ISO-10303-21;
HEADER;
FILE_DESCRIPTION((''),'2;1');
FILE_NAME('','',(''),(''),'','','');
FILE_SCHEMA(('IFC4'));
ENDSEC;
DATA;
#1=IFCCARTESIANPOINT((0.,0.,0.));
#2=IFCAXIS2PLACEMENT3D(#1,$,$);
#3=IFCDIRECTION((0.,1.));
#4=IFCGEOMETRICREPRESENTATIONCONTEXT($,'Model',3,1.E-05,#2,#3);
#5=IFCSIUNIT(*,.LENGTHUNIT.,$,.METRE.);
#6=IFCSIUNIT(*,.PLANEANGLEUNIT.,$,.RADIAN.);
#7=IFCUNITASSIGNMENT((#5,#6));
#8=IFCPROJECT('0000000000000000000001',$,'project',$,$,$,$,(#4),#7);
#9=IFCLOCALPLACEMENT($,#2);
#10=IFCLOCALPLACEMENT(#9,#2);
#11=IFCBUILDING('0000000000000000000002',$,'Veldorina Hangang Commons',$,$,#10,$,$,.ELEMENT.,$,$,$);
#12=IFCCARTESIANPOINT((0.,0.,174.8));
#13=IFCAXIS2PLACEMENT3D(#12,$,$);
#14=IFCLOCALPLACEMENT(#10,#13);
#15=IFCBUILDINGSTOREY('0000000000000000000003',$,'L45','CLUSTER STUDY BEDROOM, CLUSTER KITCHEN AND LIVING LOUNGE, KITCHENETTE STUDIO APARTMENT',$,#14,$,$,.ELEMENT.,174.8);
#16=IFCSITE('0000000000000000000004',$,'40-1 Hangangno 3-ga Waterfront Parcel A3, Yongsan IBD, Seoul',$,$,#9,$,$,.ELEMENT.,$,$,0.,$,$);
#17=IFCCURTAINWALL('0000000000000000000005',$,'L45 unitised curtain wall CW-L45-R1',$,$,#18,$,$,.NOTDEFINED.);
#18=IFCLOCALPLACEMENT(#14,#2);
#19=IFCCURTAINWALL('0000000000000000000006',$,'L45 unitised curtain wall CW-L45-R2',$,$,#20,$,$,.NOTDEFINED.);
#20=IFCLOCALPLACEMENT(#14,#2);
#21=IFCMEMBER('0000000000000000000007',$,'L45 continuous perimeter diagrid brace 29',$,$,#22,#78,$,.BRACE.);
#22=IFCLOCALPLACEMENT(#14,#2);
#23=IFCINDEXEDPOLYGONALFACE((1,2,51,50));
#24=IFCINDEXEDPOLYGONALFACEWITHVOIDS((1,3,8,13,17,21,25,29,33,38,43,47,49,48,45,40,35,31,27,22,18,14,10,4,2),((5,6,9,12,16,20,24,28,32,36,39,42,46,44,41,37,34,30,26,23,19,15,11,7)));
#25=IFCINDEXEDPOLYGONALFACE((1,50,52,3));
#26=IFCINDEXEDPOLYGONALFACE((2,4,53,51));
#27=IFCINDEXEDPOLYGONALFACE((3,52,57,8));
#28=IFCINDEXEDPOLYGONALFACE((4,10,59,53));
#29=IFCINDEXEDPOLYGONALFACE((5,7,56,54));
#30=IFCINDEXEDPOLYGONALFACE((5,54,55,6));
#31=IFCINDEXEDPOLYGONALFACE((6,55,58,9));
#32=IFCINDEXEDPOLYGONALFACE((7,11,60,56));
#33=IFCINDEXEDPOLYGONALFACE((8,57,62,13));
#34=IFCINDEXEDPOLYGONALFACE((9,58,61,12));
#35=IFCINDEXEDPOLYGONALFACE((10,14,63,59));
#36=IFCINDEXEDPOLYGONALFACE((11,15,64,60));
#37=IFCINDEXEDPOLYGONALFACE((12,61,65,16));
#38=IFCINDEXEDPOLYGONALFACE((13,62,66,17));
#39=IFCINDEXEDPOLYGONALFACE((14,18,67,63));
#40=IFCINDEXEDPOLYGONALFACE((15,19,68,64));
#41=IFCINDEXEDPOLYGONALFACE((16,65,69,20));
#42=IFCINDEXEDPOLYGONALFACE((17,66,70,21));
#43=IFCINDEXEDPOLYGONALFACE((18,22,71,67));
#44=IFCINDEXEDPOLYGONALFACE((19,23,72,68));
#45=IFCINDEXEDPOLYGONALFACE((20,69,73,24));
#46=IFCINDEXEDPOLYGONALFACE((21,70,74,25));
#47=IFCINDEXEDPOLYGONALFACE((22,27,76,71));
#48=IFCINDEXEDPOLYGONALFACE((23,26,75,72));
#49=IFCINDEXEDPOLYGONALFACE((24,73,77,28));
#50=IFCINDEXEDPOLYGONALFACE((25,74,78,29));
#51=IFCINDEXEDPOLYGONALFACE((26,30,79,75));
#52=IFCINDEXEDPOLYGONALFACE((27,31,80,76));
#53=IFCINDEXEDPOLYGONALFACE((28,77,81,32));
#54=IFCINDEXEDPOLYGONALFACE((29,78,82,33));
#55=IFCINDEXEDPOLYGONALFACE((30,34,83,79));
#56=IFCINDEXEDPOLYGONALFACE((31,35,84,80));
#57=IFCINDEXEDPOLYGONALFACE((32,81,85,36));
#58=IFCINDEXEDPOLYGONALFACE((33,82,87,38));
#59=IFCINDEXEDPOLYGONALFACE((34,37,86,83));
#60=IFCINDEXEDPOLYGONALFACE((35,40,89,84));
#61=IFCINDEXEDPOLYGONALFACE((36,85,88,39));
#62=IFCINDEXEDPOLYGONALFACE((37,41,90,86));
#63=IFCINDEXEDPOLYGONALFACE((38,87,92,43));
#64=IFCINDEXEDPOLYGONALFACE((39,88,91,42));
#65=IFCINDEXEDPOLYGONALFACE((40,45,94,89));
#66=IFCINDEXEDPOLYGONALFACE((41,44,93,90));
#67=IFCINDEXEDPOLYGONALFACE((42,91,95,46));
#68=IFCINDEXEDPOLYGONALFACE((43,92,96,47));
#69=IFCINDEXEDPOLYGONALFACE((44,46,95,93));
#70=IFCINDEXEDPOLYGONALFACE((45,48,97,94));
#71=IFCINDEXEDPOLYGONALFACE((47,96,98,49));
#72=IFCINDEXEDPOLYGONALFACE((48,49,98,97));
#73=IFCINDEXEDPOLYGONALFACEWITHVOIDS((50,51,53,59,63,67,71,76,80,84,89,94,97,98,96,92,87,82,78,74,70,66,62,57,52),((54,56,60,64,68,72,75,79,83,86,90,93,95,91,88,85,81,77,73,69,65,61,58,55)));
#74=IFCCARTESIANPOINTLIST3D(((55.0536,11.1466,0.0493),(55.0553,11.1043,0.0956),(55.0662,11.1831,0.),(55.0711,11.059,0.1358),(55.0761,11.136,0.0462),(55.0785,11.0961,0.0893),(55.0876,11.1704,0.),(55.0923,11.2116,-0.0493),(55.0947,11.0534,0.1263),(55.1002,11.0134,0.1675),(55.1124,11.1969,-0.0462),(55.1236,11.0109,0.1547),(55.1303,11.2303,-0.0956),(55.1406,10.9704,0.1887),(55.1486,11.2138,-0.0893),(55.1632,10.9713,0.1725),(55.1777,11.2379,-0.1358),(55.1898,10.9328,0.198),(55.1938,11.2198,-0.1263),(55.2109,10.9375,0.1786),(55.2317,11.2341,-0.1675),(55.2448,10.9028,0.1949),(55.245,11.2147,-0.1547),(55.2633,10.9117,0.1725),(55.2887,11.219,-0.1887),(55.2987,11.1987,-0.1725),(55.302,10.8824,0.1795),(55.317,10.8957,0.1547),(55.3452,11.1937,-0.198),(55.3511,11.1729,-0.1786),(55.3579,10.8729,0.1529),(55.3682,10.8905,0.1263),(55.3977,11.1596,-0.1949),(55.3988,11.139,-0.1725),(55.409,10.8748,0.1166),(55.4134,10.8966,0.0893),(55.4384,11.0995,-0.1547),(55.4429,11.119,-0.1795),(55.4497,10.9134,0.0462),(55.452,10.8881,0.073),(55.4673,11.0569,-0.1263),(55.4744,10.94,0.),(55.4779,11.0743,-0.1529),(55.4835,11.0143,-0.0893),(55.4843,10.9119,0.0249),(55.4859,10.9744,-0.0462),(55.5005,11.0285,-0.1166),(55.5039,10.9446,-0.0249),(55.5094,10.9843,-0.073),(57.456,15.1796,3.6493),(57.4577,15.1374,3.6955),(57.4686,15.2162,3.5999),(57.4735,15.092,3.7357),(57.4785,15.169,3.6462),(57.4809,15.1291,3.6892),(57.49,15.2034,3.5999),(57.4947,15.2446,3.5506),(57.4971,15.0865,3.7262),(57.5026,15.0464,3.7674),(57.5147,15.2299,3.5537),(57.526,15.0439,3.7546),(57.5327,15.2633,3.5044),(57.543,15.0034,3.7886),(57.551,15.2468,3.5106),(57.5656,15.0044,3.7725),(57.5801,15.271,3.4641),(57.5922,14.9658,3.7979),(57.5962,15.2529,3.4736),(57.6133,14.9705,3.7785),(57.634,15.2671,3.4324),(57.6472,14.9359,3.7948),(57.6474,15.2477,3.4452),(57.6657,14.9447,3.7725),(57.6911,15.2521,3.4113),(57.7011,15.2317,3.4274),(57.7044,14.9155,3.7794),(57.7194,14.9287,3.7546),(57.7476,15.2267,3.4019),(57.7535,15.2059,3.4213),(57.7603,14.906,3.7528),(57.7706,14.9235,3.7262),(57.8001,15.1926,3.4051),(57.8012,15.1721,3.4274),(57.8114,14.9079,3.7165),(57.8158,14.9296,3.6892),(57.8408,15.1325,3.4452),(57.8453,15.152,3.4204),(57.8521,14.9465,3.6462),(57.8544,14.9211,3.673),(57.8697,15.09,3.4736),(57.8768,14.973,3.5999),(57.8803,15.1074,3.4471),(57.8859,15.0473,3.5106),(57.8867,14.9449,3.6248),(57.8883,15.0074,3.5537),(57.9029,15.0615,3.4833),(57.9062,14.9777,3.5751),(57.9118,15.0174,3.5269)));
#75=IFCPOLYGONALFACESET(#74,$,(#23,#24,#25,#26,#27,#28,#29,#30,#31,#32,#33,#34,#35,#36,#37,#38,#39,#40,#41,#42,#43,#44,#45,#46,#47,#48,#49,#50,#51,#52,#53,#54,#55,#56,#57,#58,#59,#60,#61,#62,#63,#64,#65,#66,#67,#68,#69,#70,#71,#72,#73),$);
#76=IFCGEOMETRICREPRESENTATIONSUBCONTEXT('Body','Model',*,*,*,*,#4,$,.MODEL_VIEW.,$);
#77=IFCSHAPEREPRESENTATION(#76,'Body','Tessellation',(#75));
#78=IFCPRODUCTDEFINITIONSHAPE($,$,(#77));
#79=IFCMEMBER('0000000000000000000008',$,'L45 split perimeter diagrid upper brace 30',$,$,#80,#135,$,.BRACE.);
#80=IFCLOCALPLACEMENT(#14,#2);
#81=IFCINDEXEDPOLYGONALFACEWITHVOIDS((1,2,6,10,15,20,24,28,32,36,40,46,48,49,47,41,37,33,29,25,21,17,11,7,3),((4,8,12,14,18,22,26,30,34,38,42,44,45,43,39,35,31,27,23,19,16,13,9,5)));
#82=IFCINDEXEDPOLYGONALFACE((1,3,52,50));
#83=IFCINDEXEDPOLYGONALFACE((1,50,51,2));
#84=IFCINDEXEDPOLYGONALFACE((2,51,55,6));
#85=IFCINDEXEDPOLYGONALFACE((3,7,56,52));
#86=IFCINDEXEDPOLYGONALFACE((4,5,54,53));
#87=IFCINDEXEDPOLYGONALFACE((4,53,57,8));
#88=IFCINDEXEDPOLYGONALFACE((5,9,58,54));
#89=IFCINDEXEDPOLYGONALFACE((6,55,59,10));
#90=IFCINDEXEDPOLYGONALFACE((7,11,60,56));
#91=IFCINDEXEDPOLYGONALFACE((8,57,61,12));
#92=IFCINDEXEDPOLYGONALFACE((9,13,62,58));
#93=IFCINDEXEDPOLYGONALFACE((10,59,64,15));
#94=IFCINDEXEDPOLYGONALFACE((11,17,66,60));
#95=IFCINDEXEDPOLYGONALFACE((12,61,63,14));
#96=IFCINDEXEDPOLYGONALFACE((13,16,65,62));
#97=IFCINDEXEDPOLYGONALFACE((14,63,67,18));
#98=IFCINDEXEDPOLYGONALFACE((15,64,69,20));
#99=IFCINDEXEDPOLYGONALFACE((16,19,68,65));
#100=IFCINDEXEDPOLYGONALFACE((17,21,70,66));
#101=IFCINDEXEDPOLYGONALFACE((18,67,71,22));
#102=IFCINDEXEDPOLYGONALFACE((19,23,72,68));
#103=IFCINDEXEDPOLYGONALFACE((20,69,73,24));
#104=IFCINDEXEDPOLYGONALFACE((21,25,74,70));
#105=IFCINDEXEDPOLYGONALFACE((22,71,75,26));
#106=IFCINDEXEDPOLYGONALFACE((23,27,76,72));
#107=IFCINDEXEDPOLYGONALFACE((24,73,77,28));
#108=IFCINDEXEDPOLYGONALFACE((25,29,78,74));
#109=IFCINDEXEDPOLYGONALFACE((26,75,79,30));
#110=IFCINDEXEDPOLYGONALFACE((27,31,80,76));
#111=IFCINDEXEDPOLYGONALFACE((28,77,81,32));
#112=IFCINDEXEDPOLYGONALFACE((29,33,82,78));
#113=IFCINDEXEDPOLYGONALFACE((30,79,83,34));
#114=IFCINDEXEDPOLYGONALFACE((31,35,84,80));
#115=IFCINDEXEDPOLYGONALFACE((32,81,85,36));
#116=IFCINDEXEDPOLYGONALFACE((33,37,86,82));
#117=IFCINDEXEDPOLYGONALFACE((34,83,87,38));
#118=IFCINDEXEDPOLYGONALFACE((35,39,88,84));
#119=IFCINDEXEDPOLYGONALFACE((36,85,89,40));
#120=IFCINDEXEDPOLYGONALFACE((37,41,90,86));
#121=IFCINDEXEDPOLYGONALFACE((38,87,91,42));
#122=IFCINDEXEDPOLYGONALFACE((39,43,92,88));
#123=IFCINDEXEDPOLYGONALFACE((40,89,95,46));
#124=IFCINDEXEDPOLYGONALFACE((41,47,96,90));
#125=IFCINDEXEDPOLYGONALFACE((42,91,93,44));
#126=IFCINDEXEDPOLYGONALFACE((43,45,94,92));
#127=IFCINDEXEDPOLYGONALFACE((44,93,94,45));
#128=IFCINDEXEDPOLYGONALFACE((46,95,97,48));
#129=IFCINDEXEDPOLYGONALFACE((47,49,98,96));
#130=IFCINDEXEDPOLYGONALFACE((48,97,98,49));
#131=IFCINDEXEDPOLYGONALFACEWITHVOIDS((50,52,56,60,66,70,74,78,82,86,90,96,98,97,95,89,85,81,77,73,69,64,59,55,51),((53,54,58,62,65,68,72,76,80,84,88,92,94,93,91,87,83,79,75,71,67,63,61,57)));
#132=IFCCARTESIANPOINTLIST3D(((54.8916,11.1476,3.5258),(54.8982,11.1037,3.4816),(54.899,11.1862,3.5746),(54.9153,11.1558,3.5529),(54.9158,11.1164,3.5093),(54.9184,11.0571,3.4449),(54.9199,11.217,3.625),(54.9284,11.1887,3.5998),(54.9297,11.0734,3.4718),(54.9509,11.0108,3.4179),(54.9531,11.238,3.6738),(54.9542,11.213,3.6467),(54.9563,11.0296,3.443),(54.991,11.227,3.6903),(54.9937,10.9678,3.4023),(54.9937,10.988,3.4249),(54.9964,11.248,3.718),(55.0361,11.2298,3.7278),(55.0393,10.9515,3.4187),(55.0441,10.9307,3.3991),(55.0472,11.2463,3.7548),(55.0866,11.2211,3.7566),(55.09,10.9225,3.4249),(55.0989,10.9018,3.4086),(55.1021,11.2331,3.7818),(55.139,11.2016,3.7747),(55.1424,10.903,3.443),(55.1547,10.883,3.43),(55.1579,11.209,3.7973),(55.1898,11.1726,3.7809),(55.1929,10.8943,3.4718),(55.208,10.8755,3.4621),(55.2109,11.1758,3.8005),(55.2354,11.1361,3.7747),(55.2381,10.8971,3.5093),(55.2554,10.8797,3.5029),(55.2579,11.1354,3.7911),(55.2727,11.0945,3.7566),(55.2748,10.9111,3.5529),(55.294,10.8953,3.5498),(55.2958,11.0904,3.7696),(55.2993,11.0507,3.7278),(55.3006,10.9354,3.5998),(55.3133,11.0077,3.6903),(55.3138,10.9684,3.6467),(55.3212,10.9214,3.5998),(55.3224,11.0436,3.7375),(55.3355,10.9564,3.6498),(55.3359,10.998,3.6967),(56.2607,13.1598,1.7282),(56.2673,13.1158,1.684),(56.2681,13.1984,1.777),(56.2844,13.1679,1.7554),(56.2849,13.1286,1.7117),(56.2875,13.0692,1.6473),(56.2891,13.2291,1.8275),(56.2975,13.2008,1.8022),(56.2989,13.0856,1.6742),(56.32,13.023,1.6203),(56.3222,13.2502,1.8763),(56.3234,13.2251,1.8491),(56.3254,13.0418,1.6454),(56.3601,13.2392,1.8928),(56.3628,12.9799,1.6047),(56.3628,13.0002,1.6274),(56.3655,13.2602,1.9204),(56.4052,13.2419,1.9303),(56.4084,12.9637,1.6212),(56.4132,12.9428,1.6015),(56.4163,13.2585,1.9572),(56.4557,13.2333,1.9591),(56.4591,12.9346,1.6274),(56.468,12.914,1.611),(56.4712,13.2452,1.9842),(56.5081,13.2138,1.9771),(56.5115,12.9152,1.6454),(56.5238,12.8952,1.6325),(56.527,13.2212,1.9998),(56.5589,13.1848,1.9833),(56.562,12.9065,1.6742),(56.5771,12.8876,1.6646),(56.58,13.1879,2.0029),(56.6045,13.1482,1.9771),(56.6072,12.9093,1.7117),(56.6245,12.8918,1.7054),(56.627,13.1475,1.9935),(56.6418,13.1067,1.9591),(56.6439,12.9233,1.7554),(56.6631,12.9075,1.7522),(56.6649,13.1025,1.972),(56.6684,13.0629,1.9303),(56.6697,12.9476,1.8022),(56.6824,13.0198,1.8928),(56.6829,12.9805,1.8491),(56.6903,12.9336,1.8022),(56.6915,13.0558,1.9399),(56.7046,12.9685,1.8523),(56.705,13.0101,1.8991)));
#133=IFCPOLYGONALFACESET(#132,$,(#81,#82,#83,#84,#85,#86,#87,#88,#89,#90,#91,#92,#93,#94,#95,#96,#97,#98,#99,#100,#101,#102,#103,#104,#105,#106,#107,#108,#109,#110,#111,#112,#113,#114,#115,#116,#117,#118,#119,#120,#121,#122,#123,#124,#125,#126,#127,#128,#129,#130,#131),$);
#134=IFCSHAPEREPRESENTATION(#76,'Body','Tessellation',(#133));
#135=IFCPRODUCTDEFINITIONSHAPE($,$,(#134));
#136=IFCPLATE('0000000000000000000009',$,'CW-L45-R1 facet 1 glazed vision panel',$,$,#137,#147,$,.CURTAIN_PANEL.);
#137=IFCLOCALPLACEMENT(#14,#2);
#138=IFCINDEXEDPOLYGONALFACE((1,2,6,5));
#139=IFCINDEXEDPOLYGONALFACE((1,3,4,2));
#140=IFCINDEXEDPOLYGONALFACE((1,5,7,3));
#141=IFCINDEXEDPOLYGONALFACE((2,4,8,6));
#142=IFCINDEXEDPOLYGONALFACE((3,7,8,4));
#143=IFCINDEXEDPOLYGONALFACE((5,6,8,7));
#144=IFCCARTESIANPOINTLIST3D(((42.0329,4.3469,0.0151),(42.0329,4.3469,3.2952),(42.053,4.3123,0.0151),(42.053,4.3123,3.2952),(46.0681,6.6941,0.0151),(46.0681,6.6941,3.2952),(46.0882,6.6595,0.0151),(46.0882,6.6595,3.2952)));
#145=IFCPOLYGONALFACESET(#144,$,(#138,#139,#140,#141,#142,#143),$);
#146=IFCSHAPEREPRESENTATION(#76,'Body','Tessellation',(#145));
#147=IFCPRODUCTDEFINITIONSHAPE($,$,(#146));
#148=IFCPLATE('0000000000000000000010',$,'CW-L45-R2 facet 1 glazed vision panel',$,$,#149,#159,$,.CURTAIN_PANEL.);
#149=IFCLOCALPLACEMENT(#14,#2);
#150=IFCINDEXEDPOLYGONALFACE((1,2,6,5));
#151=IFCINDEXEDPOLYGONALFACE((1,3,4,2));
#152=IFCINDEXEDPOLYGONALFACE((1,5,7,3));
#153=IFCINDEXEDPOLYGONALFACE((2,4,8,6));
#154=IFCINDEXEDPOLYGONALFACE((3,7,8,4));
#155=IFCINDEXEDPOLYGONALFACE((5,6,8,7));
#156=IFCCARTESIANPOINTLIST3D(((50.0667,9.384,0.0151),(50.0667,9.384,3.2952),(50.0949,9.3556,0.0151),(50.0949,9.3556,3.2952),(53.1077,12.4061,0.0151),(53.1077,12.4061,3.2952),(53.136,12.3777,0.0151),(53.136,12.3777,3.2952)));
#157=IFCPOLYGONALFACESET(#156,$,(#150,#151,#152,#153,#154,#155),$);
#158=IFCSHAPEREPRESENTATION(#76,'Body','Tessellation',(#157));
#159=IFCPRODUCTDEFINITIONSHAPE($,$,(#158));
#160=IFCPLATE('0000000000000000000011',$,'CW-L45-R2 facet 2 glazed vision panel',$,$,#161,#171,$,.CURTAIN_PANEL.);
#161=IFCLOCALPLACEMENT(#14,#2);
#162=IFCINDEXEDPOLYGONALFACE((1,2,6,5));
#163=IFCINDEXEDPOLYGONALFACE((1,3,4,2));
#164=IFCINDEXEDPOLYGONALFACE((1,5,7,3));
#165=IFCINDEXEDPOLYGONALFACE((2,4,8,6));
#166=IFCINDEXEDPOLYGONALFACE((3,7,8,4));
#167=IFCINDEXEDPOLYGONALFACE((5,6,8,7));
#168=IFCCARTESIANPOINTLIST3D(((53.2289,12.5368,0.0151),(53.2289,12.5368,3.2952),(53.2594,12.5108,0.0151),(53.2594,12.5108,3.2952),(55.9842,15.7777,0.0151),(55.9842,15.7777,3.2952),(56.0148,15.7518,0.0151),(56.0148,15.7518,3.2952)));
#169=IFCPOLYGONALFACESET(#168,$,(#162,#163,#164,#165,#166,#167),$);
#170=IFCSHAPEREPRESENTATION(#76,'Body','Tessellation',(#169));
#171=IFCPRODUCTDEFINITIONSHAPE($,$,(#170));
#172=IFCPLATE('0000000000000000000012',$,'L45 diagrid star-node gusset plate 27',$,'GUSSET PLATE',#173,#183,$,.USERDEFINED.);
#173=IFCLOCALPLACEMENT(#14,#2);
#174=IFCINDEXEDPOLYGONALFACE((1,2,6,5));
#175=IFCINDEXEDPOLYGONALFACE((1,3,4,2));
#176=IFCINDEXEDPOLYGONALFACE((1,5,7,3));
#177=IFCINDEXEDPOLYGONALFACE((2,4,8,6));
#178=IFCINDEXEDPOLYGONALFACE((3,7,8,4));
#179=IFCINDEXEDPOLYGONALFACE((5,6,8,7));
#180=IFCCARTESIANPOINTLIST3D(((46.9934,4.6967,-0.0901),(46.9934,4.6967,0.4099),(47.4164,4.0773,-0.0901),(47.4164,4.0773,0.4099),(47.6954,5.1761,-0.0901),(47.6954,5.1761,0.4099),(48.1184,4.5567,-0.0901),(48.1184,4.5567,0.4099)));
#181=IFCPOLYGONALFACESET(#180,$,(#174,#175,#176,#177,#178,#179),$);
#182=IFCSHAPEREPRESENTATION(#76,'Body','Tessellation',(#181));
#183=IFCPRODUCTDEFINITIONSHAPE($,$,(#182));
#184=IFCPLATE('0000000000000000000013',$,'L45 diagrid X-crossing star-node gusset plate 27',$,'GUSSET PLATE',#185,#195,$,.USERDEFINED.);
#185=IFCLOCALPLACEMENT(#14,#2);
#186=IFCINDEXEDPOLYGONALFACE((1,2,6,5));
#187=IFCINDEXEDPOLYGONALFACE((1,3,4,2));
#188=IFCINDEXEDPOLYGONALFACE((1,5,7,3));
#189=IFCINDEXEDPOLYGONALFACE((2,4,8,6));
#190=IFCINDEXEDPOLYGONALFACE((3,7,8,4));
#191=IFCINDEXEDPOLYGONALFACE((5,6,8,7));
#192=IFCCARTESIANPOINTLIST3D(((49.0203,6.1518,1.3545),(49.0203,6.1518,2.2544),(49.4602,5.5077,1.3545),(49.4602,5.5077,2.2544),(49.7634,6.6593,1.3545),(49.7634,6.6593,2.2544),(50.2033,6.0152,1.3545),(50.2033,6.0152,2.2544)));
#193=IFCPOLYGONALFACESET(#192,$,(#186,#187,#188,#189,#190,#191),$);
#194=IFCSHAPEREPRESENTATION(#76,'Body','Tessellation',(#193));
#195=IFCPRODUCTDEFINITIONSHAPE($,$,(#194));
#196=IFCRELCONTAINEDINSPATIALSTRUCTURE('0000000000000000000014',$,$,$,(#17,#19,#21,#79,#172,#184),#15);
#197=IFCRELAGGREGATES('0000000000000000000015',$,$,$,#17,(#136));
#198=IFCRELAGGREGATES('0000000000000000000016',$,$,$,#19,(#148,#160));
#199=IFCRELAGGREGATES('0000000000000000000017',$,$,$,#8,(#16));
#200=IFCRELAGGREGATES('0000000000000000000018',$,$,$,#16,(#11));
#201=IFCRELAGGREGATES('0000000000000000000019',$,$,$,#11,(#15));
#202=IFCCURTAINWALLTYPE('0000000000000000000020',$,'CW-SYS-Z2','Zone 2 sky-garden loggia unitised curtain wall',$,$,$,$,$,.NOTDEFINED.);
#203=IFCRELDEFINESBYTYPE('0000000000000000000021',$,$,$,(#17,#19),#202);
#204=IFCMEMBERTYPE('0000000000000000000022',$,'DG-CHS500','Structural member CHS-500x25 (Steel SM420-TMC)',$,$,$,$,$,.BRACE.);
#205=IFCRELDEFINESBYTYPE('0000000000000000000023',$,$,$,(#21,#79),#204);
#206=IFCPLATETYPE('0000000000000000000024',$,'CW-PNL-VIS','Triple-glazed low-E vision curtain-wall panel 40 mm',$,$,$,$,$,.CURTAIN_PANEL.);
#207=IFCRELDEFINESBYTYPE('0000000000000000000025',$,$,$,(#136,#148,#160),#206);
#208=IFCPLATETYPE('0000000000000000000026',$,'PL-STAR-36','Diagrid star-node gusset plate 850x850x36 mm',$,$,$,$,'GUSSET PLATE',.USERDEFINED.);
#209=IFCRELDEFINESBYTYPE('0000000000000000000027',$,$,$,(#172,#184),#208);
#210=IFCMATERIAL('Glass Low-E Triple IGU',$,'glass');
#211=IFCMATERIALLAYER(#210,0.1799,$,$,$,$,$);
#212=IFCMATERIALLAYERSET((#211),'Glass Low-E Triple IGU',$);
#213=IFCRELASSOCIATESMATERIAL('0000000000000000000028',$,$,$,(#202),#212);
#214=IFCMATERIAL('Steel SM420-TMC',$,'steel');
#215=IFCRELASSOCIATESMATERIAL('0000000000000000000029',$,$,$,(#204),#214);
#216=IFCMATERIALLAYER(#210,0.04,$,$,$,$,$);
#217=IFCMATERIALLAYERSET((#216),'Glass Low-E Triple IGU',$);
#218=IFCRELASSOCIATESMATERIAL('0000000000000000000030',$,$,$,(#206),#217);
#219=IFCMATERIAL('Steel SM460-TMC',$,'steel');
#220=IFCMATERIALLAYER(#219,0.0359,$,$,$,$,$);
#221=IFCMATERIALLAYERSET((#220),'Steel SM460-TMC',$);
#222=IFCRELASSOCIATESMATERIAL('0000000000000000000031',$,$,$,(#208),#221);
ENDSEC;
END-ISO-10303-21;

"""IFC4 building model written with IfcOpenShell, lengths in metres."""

from ifc_helpers import new_model, si_unit, direction, frame, origin, origin_2d, place, context, subcontext, project, spatial, rectangle, hollow_circle, extrude, material, layer, layer_set, material_profile, profile_set, type_object, element, aggregate, save


model = new_model("IFC4")

# Units and contexts
model_context = context("Model", 3, precision=1e-05, world=origin(), true_north=direction((0.0, 1.0)))
body_context = subcontext(model_context, "Body", "Model", "MODEL_VIEW")
ifc_project = project(units=[si_unit("LENGTHUNIT", "METRE"), si_unit("PLANEANGLEUNIT", "RADIAN")], contexts=[model_context])

# Site, building, storey
site_placement = place(None, origin())
site = spatial("IfcSite", under=ifc_project, at=site_placement, Name="40-1 Hangangno 3-ga Waterfront Parcel A3, Yongsan IBD, Seoul", CompositionType="ELEMENT", RefElevation=0.0)
building_placement = place(site_placement, origin())
building = spatial("IfcBuilding", under=site, at=building_placement, Name="Veldorina Hangang Commons", CompositionType="ELEMENT")
storey_placement = place(building_placement, frame((0.0, 0.0, 174.8)))
storey = spatial("IfcBuildingStorey", under=building, at=storey_placement, Name="L45", Description="CLUSTER STUDY BEDROOM, CLUSTER KITCHEN AND LIVING LOUNGE, KITCHENETTE STUDIO APARTMENT", CompositionType="ELEMENT", Elevation=174.8)

# Shared definitions
ifc_material_1 = material(Name="Steel SM420-TMC", Category="steel")

# Curtain wall
ifc_material_2 = material(Name="Glass Low-E Triple IGU", Category="glass")
ifc_layer_1 = layer(ifc_material_2, 0.1799)
ifc_layer_set_1 = layer_set([ifc_layer_1], Name="Glass Low-E Triple IGU")
curtain_wall_type = type_object("IfcCurtainWallType", Name="CW-SYS-Z2", Description="Zone 2 sky-garden loggia unitised curtain wall", PredefinedType="NOTDEFINED", material=ifc_layer_set_1)
curtain_wall_1_placement = place(storey_placement, origin())
curtain_wall_1 = element("IfcCurtainWall", 1, at=curtain_wall_1_placement, inside=storey, type_object=curtain_wall_type, Name="L45 unitised curtain wall CW-L45-R1", PredefinedType="NOTDEFINED")

# Curtain wall
curtain_wall_2_placement = place(storey_placement, origin())
curtain_wall_2 = element("IfcCurtainWall", 2, at=curtain_wall_2_placement, inside=storey, type_object=curtain_wall_type, Name="L45 unitised curtain wall CW-L45-R2", PredefinedType="NOTDEFINED")

# Members
ifc_material_profile_1 = material_profile(ifc_material_1, hollow_circle(Radius=0.25, WallThickness=0.0249, at=origin_2d()), Name="CHS-500x25")
ifc_profile_set_1 = profile_set([ifc_material_profile_1], Name="Steel SM420-TMC")
member_type_1 = type_object("IfcMemberType", Name="DG-CHS500", Description="Structural member CHS-500x25 (Steel SM420-TMC)", PredefinedType="BRACE", material=ifc_profile_set_1)
member_1_placement = place(storey_placement, frame((55.281, 11.0552, 0.0), z_axis=(0.406099, 0.681744, 0.60853), x_axis=(-0.859127, 0.511763, 0.0)))
element("IfcMember", 3, at=member_1_placement, inside=storey, type_object=member_type_1, Name="L45 continuous perimeter diagrid brace 29", PredefinedType="BRACE", context=body_context, shape_type="SweptSolid", body=[
    extrude(hollow_circle(Radius=0.25, WallThickness=0.0249, at=origin_2d()), origin(), (0.0, 0.0, 1.0), 5.9158),
])
member_2_placement = place(storey_placement, frame((56.4836, 13.0742, 1.8022), z_axis=(-0.452502, -0.665037, 0.594111), x_axis=(0.826766, -0.562546, 0.0)))
element("IfcMember", 4, at=member_2_placement, inside=storey, type_object=member_type_1, Name="L45 split perimeter diagrid upper brace 30", PredefinedType="BRACE", context=body_context, shape_type="SweptSolid", body=[
    extrude(hollow_circle(Radius=0.25, WallThickness=0.0249, at=origin_2d()), origin(), (0.0, 0.0, 1.0), 3.0256),
])

# Plates
ifc_layer_2 = layer(ifc_material_2, 0.04)
ifc_layer_set_2 = layer_set([ifc_layer_2], Name="Glass Low-E Triple IGU")
plate_type_1 = type_object("IfcPlateType", Name="CW-PNL-VIS", Description="Triple-glazed low-E vision curtain-wall panel 40 mm", PredefinedType="CURTAIN_PANEL", material=ifc_layer_set_2)
plate_1_placement = place(storey_placement, frame((44.0605, 5.5032, 0.0151), z_axis=(0.0, 0.0, 1.0), x_axis=(0.864398, 0.502809, 0.0)))
plate_1 = element("IfcPlate", 5, at=plate_1_placement, type_object=plate_type_1, Name="CW-L45-R1 facet 1 glazed vision panel", PredefinedType="CURTAIN_PANEL", context=body_context, shape_type="SweptSolid", body=[
    extrude(rectangle(XDim=4.6682, YDim=0.04, at=origin_2d()), origin(), (0.0, 0.0, 1.0), 3.28),
])
aggregate(curtain_wall_1, [plate_1])
plate_2_placement = place(storey_placement, frame((51.6013, 10.8809, 0.0151), z_axis=(0.0, 0.0, 1.0), x_axis=(0.709312, 0.704894, 0.0)))
plate_2 = element("IfcPlate", 6, at=plate_2_placement, type_object=plate_type_1, Name="CW-L45-R2 facet 1 glazed vision panel", PredefinedType="CURTAIN_PANEL", context=body_context, shape_type="SweptSolid", body=[
    extrude(rectangle(XDim=4.2874, YDim=0.04, at=origin_2d()), origin(), (0.0, 0.0, 1.0), 3.28),
])
plate_3_placement = place(storey_placement, frame((54.6218, 14.1443, 0.0151), z_axis=(0.0, 0.0, 1.0), x_axis=(0.647721, 0.761878, 0.0)))
plate_3 = element("IfcPlate", 7, at=plate_3_placement, type_object=plate_type_1, Name="CW-L45-R2 facet 2 glazed vision panel", PredefinedType="CURTAIN_PANEL", context=body_context, shape_type="SweptSolid", body=[
    extrude(rectangle(XDim=4.2539, YDim=0.04, at=origin_2d()), origin(), (0.0, 0.0, 1.0), 3.28),
])
aggregate(curtain_wall_2, [plate_2, plate_3])

# Plates
ifc_material_3 = material(Name="Steel SM460-TMC", Category="steel")
ifc_layer_3 = layer(ifc_material_3, 0.0359)
ifc_layer_set_3 = layer_set([ifc_layer_3], Name="Steel SM460-TMC")
plate_type_2 = type_object("IfcPlateType", Name="PL-STAR-36", Description="Diagrid star-node gusset plate 850x850x36 mm", ElementType="GUSSET PLATE", PredefinedType="USERDEFINED", material=ifc_layer_set_3)
plate_4_placement = place(storey_placement, frame((47.5559, 4.6267, -0.0901), z_axis=(0.0, 0.0, 1.0), x_axis=(0.825803, 0.563959, 0.0)))
element("IfcPlate", 8, at=plate_4_placement, inside=storey, type_object=plate_type_2, Name="L45 diagrid star-node gusset plate 27", ObjectType="GUSSET PLATE", PredefinedType="USERDEFINED", context=body_context, shape_type="SweptSolid", body=[
    extrude(rectangle(XDim=0.8501, YDim=0.75, at=origin_2d()), origin(), (0.0, 0.0, 1.0), 0.5),
])
plate_5_placement = place(storey_placement, frame((49.6118, 6.0835, 1.3545), z_axis=(0.0, 0.0, 1.0), x_axis=(0.825803, 0.563959, 0.0)))
element("IfcPlate", 9, at=plate_5_placement, inside=storey, type_object=plate_type_2, Name="L45 diagrid X-crossing star-node gusset plate 27", ObjectType="GUSSET PLATE", PredefinedType="USERDEFINED", context=body_context, shape_type="SweptSolid", body=[
    extrude(rectangle(XDim=0.8999, YDim=0.78, at=origin_2d()), origin(), (0.0, 0.0, 1.0), 0.8999),
])

save(model, "model.ifc")
